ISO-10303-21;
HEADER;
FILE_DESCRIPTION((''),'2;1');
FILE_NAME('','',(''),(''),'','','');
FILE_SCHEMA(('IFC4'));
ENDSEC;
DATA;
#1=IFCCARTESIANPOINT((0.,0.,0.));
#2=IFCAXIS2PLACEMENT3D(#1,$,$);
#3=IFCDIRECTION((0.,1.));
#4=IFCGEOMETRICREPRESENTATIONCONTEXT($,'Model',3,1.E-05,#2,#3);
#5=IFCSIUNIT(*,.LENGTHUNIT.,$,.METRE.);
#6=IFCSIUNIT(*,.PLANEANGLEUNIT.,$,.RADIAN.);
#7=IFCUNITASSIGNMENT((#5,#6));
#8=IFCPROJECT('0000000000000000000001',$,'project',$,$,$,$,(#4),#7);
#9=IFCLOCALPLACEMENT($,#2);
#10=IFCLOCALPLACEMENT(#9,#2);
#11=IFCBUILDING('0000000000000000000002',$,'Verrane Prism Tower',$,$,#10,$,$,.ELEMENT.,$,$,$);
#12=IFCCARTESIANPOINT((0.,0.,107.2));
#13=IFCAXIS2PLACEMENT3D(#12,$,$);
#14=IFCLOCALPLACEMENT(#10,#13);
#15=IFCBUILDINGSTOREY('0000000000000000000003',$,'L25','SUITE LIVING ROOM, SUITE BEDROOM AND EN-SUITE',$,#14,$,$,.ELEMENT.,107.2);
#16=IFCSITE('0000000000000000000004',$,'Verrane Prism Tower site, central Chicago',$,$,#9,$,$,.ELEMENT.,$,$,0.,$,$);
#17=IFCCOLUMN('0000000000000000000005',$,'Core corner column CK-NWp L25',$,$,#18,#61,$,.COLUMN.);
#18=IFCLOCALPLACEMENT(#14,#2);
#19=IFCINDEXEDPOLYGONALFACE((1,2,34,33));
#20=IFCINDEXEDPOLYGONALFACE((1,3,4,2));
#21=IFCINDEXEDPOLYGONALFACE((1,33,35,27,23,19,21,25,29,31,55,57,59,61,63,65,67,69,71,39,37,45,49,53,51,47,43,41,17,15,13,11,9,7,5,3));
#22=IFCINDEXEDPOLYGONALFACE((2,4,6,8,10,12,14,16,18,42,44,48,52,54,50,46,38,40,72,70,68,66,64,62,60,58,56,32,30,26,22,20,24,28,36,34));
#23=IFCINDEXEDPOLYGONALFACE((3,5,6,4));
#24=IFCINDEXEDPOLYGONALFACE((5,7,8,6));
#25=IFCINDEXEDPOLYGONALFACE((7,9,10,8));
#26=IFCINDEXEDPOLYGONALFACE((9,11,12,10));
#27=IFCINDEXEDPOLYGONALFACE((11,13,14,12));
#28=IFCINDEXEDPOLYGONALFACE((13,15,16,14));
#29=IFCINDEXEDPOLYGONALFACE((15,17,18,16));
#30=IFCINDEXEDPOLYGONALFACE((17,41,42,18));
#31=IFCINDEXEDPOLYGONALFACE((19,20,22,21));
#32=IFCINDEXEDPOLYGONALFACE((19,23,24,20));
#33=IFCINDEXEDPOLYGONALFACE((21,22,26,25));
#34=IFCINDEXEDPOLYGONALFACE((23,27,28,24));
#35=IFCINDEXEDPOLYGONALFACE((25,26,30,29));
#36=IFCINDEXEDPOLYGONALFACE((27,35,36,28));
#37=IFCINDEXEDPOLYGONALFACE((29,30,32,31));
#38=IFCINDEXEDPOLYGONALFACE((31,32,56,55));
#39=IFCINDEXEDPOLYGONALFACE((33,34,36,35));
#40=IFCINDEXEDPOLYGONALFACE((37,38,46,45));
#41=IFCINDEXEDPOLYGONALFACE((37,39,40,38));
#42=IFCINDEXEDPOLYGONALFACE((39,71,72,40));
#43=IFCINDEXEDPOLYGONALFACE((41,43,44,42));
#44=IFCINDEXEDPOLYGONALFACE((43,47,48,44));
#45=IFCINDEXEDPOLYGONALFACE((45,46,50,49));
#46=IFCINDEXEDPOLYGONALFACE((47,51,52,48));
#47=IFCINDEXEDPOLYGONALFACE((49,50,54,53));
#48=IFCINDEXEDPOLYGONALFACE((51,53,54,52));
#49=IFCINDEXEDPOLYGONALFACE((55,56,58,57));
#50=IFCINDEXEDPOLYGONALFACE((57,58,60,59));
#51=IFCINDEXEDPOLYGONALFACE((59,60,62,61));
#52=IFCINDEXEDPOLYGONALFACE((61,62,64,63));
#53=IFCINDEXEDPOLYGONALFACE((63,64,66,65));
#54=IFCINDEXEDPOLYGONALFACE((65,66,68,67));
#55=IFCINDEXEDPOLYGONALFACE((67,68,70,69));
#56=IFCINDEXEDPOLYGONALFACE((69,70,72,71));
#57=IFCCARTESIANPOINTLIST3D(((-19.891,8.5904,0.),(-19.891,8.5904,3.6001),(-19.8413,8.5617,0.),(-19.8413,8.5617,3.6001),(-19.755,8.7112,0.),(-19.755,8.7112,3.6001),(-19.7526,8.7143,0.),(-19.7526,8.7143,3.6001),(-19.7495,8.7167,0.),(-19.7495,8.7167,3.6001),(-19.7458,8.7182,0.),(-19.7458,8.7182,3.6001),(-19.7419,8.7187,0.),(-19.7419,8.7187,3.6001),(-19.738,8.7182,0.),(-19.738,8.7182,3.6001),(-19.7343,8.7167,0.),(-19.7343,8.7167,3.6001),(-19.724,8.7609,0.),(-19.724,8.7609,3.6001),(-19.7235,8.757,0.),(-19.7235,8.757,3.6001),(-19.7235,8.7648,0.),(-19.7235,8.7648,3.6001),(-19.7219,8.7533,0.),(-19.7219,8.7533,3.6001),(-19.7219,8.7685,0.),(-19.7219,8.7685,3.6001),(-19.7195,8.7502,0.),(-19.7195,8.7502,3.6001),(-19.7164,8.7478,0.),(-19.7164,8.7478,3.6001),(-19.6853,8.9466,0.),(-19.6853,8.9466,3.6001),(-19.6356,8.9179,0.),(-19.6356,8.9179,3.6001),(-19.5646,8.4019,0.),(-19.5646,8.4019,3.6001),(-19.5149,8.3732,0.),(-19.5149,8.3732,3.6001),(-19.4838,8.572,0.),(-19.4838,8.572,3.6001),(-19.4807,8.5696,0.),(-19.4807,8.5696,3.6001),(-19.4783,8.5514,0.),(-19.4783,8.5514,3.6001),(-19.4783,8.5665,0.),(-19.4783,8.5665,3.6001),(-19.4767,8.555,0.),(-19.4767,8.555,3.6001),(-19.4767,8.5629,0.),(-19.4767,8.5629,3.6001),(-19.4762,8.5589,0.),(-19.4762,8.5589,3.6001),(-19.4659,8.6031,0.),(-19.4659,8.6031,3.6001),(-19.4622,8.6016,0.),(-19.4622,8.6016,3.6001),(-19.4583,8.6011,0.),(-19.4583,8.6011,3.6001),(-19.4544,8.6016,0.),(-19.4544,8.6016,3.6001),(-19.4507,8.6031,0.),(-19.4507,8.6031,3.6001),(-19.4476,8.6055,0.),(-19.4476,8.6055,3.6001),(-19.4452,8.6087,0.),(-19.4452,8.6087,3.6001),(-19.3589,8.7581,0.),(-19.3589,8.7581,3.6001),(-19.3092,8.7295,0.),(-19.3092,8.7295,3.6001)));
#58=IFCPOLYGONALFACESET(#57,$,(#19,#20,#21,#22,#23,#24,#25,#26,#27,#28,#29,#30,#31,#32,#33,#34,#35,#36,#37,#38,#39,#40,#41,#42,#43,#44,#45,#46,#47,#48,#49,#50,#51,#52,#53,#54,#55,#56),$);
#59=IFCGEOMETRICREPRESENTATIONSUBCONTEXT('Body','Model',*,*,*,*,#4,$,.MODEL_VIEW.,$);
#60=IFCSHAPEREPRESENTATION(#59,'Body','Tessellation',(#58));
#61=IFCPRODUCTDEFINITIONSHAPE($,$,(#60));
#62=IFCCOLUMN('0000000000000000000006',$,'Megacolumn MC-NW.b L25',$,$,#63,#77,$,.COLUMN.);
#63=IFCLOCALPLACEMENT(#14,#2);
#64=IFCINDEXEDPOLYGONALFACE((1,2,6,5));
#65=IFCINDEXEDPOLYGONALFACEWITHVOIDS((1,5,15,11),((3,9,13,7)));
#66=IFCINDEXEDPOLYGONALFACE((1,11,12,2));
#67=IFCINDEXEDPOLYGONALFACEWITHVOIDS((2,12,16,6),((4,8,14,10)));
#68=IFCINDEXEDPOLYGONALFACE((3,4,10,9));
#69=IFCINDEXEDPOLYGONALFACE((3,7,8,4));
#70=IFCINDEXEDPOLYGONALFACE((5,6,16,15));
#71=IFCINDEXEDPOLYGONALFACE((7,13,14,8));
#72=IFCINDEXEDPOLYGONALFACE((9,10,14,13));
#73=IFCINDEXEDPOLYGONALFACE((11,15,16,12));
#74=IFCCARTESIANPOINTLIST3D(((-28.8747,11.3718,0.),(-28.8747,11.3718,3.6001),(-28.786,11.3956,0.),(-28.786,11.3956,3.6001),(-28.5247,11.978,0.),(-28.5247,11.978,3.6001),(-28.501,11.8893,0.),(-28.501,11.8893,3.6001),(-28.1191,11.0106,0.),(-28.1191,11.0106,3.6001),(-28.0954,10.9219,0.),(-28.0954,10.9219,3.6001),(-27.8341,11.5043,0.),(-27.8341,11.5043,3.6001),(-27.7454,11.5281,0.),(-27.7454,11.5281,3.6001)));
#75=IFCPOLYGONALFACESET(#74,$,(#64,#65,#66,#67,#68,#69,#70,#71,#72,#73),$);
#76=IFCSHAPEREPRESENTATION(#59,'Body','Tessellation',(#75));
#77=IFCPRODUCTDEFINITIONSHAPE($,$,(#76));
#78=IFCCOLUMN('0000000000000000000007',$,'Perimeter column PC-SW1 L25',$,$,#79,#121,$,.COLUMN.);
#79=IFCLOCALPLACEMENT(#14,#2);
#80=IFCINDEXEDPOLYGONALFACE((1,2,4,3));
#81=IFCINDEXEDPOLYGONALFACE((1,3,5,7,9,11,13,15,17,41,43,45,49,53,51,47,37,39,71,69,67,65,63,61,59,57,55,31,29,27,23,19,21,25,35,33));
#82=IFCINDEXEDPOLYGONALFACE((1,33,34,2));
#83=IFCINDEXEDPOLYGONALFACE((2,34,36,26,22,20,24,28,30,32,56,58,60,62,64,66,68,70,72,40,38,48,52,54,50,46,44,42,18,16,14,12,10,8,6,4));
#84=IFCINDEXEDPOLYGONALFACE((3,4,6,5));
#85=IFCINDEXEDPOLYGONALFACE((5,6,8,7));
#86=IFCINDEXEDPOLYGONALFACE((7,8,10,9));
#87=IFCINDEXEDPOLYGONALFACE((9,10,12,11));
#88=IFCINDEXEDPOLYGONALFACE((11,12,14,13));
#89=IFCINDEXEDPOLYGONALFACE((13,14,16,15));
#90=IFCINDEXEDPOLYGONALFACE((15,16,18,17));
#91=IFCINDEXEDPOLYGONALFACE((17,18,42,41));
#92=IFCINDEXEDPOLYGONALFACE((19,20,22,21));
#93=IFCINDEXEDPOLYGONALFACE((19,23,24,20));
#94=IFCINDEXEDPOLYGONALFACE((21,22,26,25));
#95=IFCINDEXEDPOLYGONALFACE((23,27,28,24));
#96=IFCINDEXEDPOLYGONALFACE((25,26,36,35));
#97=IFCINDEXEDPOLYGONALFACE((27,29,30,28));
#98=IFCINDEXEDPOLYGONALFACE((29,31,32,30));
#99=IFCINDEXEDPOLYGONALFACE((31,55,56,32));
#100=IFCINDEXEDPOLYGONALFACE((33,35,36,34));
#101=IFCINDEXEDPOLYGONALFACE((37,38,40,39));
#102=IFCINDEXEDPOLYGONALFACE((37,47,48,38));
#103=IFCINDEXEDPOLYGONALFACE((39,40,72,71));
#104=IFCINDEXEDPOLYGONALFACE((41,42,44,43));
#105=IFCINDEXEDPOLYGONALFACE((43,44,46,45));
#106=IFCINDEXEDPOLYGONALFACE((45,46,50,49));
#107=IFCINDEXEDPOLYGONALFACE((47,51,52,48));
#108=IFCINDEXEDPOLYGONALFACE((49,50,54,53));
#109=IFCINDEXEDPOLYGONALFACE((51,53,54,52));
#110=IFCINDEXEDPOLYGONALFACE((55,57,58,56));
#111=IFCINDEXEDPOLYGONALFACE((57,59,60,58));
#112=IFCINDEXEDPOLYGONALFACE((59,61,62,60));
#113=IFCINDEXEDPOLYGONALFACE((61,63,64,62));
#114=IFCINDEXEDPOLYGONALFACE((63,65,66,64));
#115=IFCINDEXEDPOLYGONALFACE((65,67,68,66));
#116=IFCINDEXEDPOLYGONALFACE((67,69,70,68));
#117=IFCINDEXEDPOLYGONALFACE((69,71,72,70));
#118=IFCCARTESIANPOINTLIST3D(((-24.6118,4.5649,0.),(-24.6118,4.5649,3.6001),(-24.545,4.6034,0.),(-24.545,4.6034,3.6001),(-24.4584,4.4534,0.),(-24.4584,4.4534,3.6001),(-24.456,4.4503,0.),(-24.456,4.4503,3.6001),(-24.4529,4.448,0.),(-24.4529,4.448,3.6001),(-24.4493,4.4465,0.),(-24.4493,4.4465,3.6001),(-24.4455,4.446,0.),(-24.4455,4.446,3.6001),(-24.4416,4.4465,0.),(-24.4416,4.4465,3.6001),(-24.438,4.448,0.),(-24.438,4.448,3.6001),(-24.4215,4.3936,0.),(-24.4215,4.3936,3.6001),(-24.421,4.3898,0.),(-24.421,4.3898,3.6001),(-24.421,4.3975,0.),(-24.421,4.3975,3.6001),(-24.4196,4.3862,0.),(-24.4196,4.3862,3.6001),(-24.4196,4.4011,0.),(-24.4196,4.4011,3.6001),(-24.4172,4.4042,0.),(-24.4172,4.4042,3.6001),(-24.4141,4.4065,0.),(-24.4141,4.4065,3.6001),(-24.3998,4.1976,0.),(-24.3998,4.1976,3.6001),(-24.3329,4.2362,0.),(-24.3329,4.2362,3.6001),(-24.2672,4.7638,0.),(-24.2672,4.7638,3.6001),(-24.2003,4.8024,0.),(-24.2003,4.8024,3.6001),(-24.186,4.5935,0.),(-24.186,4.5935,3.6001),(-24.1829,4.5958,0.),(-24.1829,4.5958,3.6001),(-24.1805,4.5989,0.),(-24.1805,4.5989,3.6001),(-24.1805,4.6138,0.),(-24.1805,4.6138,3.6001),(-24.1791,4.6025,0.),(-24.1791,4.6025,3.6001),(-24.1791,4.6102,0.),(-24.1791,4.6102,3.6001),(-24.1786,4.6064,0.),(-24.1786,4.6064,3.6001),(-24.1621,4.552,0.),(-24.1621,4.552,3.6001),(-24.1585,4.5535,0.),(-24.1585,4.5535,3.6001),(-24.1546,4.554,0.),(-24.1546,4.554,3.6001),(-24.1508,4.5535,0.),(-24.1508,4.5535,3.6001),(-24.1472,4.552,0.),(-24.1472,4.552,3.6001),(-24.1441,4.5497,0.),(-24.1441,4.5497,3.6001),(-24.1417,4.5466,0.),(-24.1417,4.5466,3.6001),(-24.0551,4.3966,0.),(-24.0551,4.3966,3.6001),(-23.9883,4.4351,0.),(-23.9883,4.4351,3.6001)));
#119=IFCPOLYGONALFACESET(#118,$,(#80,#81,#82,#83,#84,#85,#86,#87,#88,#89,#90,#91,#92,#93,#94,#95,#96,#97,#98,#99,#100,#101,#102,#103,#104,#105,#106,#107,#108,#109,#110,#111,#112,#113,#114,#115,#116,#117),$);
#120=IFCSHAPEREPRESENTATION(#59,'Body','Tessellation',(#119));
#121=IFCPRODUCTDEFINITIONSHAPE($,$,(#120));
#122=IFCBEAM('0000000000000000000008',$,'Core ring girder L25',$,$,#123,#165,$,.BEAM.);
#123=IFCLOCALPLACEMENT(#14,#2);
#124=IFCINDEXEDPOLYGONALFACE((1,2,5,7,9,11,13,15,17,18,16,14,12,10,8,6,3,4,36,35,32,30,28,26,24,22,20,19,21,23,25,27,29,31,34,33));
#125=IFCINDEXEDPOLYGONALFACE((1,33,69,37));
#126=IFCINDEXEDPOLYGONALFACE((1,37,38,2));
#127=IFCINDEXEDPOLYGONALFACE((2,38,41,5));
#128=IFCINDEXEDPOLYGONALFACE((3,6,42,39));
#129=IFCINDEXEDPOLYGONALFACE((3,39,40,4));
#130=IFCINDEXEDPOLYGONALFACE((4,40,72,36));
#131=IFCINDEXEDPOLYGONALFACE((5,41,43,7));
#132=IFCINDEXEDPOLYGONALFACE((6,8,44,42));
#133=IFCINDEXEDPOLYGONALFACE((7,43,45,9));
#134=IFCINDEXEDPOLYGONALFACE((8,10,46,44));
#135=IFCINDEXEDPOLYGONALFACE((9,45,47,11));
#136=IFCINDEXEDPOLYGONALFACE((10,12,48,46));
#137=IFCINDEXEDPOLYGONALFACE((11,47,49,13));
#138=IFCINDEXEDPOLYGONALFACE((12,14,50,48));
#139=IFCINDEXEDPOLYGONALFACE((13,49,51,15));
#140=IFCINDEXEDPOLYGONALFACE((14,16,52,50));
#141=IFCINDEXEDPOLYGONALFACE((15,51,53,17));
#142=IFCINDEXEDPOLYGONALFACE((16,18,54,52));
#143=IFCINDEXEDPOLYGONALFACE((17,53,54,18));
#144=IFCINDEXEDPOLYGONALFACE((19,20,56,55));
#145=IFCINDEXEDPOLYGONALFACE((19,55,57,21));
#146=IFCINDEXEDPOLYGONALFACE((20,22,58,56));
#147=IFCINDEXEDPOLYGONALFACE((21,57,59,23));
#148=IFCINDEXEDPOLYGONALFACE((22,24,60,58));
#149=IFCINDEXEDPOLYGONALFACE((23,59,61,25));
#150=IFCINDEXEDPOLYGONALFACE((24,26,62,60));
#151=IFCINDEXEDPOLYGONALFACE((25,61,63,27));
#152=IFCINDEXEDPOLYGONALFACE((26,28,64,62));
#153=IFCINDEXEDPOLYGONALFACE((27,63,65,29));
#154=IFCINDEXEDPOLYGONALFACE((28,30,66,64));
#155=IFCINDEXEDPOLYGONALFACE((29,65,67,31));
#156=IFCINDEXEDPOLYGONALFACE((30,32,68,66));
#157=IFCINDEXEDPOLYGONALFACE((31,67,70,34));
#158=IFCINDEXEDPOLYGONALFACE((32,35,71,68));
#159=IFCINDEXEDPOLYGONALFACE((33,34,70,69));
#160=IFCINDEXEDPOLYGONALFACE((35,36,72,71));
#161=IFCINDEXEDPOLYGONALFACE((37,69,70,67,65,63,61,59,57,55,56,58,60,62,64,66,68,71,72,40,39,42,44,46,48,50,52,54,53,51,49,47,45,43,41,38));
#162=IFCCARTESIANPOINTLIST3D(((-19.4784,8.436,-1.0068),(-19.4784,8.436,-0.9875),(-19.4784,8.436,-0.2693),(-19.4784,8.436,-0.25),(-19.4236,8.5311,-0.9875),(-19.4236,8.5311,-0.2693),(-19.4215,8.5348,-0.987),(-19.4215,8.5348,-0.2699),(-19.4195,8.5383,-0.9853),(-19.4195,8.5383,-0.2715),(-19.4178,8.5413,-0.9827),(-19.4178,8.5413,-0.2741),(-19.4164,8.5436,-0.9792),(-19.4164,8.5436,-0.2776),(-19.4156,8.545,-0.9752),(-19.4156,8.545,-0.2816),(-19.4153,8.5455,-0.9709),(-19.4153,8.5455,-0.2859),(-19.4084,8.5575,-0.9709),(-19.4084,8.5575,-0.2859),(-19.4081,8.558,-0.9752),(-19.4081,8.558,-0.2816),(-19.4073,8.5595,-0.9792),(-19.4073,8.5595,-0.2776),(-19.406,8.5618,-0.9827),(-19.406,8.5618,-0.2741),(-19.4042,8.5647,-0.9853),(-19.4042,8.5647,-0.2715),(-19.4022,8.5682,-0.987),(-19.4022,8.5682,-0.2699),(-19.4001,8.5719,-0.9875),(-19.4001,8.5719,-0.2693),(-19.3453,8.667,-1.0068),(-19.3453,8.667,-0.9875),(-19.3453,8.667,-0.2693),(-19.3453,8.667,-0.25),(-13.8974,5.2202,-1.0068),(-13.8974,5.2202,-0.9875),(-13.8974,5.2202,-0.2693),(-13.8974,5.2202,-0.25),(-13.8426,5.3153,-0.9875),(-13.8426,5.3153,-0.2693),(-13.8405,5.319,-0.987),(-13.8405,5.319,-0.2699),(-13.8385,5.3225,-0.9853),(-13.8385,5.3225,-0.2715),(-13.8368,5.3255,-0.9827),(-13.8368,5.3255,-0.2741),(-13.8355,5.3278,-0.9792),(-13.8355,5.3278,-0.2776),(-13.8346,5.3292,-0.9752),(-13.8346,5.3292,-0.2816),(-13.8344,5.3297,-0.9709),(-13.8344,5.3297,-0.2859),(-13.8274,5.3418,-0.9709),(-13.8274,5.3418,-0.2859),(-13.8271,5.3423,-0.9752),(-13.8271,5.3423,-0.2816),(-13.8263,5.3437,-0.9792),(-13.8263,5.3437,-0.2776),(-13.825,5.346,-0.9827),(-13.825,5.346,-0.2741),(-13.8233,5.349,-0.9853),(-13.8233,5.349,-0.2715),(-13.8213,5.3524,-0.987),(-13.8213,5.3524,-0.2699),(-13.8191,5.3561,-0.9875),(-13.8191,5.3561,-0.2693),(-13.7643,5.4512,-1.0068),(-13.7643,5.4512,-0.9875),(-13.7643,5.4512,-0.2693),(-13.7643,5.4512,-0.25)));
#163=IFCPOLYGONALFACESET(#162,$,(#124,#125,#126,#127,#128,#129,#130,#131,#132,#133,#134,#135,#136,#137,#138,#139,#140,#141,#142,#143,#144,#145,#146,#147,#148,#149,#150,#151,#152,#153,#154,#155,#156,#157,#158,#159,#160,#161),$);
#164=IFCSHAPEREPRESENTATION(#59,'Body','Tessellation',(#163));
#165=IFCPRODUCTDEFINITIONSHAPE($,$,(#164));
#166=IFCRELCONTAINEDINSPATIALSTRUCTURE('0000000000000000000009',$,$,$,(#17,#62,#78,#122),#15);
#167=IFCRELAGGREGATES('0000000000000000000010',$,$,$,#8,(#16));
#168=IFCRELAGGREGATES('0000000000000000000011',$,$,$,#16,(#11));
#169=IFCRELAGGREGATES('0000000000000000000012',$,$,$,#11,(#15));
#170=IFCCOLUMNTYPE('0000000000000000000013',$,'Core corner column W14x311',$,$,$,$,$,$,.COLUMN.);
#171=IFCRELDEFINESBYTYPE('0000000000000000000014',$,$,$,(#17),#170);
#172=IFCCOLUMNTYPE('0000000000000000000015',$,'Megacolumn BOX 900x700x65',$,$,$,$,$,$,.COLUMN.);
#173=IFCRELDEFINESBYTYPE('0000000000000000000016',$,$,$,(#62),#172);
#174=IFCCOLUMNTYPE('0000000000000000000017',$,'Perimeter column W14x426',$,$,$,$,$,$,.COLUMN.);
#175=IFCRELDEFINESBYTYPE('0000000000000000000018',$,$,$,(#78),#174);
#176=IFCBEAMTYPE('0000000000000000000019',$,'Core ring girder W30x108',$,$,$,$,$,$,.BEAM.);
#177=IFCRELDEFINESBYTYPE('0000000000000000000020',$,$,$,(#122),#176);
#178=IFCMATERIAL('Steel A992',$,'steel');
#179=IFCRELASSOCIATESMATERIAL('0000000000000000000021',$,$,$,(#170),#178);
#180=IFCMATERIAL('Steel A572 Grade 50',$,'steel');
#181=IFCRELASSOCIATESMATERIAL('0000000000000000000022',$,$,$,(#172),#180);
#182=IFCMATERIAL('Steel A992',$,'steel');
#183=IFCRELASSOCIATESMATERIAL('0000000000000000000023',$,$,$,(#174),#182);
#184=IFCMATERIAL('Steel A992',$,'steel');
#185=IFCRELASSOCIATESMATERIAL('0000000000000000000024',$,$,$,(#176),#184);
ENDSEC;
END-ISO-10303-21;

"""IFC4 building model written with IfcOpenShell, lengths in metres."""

from ifc_helpers import new_model, si_unit, direction, frame, origin, origin_2d, place, context, subcontext, project, spatial, hollow_rectangle, i_section, extrude, material, material_profile, profile_set, type_object, element, save


model = new_model("IFC4")

# Units and contexts
model_context = context("Model", 3, precision=1e-05, world=origin(), true_north=direction((0.0, 1.0)))
body_context = subcontext(model_context, "Body", "Model", "MODEL_VIEW")
ifc_project = project(units=[si_unit("LENGTHUNIT", "METRE"), si_unit("PLANEANGLEUNIT", "RADIAN")], contexts=[model_context])

# Site, building, storey
site_placement = place(None, origin())
site = spatial("IfcSite", under=ifc_project, at=site_placement, Name="Verrane Prism Tower site, central Chicago", CompositionType="ELEMENT", RefElevation=0.0)
building_placement = place(site_placement, origin())
building = spatial("IfcBuilding", under=site, at=building_placement, Name="Verrane Prism Tower", CompositionType="ELEMENT")
storey_placement = place(building_placement, frame((0.0, 0.0, 107.2)))
storey = spatial("IfcBuildingStorey", under=building, at=storey_placement, Name="L25", Description="SUITE LIVING ROOM, SUITE BEDROOM AND EN-SUITE", CompositionType="ELEMENT", Elevation=107.2)

# Columns
ifc_material_1 = material(Name="Steel A992", Category="steel")
ifc_material_profile_1 = material_profile(ifc_material_1, i_section(OverallWidth=0.4114, OverallDepth=0.4343, WebThickness=0.0359, FlangeThickness=0.0574, FilletRadius=0.0151, at=origin_2d()), Name="W14x311")
ifc_profile_set_1 = profile_set([ifc_material_profile_1], Name="Steel A992")
column_type_1 = type_object("IfcColumnType", Name="Core corner column W14x311", PredefinedType="COLUMN", material=ifc_profile_set_1)
column_1_placement = place(storey_placement, frame((-19.6001, 8.6599, 0.0), z_axis=(0.0, 0.0, 1.0), x_axis=(0.5, 0.866025, 0.0)))
element("IfcColumn", 1, at=column_1_placement, inside=storey, type_object=column_type_1, Name="Core corner column CK-NWp L25", PredefinedType="COLUMN", context=body_context, shape_type="SweptSolid", body=[
    extrude(i_section(OverallWidth=0.4114, OverallDepth=0.4343, WebThickness=0.0359, FlangeThickness=0.0574, FilletRadius=0.0151, at=origin_2d()), origin(), (0.0, 0.0, 1.0), 3.6001),
])
ifc_material_2 = material(Name="Steel A572 Grade 50", Category="steel")
ifc_material_profile_2 = material_profile(ifc_material_2, hollow_rectangle(XDim=0.7, YDim=0.8999, WallThickness=0.0649, at=origin_2d()), Name="BOX 900x700x65")
ifc_profile_set_2 = profile_set([ifc_material_profile_2], Name="Steel A572 Grade 50")
column_type_2 = type_object("IfcColumnType", Name="Megacolumn BOX 900x700x65", PredefinedType="COLUMN", material=ifc_profile_set_2)
column_2_placement = place(storey_placement, frame((-28.3101, 11.45, 0.0), z_axis=(0.0, 0.0, 1.0), x_axis=(0.5, 0.866025, 0.0)))
element("IfcColumn", 2, at=column_2_placement, inside=storey, type_object=column_type_2, Name="Megacolumn MC-NW.b L25", PredefinedType="COLUMN", context=body_context, shape_type="SweptSolid", body=[
    extrude(hollow_rectangle(XDim=0.7, YDim=0.8999, WallThickness=0.0649, at=origin_2d()), origin(), (0.0, 0.0, 1.0), 3.6001),
])
ifc_material_3 = material(Name="Steel A992", Category="steel")
ifc_material_profile_3 = material_profile(ifc_material_3, i_section(OverallWidth=0.4241, OverallDepth=0.4751, WebThickness=0.0479, FlangeThickness=0.0771, FilletRadius=0.0149, at=origin_2d()), Name="W14x426")
ifc_profile_set_3 = profile_set([ifc_material_profile_3], Name="Steel A992")
column_type_3 = type_object("IfcColumnType", Name="Perimeter column W14x426", PredefinedType="COLUMN", material=ifc_profile_set_3)
column_3_placement = place(storey_placement, frame((-24.3, 4.5, 0.0), z_axis=(0.0, 0.0, 1.0), x_axis=(-0.5, 0.866025, 0.0)))
element("IfcColumn", 3, at=column_3_placement, inside=storey, type_object=column_type_3, Name="Perimeter column PC-SW1 L25", PredefinedType="COLUMN", context=body_context, shape_type="SweptSolid", body=[
    extrude(i_section(OverallWidth=0.4241, OverallDepth=0.4751, WebThickness=0.0479, FlangeThickness=0.0771, FilletRadius=0.0149, at=origin_2d()), origin(), (0.0, 0.0, 1.0), 3.6001),
])

# Beam
ifc_material_4 = material(Name="Steel A992", Category="steel")
ifc_material_profile_4 = material_profile(ifc_material_4, i_section(OverallWidth=0.2666, OverallDepth=0.7568, WebThickness=0.0139, FlangeThickness=0.0193, FilletRadius=0.0166, at=origin_2d()), Name="W30x108")
ifc_profile_set_4 = profile_set([ifc_material_profile_4], Name="Steel A992")
beam_type_1 = type_object("IfcBeamType", Name="Core ring girder W30x108", PredefinedType="BEAM", material=ifc_profile_set_4)
beam_1_placement = place(storey_placement, frame((-19.4119, 8.5515, -0.6284), z_axis=(0.866456, -0.499254, 0.0), x_axis=(0.499254, 0.866456, 0.0)))
element("IfcBeam", 4, at=beam_1_placement, inside=storey, type_object=beam_type_1, Name="Core ring girder L25", PredefinedType="BEAM", context=body_context, shape_type="SweptSolid", body=[
    extrude(i_section(OverallWidth=0.2666, OverallDepth=0.7568, WebThickness=0.0139, FlangeThickness=0.0193, FilletRadius=0.0166, at=origin_2d()), origin(), (0.0, 0.0, 1.0), 6.4412),
])

save(model, "model.ifc")
